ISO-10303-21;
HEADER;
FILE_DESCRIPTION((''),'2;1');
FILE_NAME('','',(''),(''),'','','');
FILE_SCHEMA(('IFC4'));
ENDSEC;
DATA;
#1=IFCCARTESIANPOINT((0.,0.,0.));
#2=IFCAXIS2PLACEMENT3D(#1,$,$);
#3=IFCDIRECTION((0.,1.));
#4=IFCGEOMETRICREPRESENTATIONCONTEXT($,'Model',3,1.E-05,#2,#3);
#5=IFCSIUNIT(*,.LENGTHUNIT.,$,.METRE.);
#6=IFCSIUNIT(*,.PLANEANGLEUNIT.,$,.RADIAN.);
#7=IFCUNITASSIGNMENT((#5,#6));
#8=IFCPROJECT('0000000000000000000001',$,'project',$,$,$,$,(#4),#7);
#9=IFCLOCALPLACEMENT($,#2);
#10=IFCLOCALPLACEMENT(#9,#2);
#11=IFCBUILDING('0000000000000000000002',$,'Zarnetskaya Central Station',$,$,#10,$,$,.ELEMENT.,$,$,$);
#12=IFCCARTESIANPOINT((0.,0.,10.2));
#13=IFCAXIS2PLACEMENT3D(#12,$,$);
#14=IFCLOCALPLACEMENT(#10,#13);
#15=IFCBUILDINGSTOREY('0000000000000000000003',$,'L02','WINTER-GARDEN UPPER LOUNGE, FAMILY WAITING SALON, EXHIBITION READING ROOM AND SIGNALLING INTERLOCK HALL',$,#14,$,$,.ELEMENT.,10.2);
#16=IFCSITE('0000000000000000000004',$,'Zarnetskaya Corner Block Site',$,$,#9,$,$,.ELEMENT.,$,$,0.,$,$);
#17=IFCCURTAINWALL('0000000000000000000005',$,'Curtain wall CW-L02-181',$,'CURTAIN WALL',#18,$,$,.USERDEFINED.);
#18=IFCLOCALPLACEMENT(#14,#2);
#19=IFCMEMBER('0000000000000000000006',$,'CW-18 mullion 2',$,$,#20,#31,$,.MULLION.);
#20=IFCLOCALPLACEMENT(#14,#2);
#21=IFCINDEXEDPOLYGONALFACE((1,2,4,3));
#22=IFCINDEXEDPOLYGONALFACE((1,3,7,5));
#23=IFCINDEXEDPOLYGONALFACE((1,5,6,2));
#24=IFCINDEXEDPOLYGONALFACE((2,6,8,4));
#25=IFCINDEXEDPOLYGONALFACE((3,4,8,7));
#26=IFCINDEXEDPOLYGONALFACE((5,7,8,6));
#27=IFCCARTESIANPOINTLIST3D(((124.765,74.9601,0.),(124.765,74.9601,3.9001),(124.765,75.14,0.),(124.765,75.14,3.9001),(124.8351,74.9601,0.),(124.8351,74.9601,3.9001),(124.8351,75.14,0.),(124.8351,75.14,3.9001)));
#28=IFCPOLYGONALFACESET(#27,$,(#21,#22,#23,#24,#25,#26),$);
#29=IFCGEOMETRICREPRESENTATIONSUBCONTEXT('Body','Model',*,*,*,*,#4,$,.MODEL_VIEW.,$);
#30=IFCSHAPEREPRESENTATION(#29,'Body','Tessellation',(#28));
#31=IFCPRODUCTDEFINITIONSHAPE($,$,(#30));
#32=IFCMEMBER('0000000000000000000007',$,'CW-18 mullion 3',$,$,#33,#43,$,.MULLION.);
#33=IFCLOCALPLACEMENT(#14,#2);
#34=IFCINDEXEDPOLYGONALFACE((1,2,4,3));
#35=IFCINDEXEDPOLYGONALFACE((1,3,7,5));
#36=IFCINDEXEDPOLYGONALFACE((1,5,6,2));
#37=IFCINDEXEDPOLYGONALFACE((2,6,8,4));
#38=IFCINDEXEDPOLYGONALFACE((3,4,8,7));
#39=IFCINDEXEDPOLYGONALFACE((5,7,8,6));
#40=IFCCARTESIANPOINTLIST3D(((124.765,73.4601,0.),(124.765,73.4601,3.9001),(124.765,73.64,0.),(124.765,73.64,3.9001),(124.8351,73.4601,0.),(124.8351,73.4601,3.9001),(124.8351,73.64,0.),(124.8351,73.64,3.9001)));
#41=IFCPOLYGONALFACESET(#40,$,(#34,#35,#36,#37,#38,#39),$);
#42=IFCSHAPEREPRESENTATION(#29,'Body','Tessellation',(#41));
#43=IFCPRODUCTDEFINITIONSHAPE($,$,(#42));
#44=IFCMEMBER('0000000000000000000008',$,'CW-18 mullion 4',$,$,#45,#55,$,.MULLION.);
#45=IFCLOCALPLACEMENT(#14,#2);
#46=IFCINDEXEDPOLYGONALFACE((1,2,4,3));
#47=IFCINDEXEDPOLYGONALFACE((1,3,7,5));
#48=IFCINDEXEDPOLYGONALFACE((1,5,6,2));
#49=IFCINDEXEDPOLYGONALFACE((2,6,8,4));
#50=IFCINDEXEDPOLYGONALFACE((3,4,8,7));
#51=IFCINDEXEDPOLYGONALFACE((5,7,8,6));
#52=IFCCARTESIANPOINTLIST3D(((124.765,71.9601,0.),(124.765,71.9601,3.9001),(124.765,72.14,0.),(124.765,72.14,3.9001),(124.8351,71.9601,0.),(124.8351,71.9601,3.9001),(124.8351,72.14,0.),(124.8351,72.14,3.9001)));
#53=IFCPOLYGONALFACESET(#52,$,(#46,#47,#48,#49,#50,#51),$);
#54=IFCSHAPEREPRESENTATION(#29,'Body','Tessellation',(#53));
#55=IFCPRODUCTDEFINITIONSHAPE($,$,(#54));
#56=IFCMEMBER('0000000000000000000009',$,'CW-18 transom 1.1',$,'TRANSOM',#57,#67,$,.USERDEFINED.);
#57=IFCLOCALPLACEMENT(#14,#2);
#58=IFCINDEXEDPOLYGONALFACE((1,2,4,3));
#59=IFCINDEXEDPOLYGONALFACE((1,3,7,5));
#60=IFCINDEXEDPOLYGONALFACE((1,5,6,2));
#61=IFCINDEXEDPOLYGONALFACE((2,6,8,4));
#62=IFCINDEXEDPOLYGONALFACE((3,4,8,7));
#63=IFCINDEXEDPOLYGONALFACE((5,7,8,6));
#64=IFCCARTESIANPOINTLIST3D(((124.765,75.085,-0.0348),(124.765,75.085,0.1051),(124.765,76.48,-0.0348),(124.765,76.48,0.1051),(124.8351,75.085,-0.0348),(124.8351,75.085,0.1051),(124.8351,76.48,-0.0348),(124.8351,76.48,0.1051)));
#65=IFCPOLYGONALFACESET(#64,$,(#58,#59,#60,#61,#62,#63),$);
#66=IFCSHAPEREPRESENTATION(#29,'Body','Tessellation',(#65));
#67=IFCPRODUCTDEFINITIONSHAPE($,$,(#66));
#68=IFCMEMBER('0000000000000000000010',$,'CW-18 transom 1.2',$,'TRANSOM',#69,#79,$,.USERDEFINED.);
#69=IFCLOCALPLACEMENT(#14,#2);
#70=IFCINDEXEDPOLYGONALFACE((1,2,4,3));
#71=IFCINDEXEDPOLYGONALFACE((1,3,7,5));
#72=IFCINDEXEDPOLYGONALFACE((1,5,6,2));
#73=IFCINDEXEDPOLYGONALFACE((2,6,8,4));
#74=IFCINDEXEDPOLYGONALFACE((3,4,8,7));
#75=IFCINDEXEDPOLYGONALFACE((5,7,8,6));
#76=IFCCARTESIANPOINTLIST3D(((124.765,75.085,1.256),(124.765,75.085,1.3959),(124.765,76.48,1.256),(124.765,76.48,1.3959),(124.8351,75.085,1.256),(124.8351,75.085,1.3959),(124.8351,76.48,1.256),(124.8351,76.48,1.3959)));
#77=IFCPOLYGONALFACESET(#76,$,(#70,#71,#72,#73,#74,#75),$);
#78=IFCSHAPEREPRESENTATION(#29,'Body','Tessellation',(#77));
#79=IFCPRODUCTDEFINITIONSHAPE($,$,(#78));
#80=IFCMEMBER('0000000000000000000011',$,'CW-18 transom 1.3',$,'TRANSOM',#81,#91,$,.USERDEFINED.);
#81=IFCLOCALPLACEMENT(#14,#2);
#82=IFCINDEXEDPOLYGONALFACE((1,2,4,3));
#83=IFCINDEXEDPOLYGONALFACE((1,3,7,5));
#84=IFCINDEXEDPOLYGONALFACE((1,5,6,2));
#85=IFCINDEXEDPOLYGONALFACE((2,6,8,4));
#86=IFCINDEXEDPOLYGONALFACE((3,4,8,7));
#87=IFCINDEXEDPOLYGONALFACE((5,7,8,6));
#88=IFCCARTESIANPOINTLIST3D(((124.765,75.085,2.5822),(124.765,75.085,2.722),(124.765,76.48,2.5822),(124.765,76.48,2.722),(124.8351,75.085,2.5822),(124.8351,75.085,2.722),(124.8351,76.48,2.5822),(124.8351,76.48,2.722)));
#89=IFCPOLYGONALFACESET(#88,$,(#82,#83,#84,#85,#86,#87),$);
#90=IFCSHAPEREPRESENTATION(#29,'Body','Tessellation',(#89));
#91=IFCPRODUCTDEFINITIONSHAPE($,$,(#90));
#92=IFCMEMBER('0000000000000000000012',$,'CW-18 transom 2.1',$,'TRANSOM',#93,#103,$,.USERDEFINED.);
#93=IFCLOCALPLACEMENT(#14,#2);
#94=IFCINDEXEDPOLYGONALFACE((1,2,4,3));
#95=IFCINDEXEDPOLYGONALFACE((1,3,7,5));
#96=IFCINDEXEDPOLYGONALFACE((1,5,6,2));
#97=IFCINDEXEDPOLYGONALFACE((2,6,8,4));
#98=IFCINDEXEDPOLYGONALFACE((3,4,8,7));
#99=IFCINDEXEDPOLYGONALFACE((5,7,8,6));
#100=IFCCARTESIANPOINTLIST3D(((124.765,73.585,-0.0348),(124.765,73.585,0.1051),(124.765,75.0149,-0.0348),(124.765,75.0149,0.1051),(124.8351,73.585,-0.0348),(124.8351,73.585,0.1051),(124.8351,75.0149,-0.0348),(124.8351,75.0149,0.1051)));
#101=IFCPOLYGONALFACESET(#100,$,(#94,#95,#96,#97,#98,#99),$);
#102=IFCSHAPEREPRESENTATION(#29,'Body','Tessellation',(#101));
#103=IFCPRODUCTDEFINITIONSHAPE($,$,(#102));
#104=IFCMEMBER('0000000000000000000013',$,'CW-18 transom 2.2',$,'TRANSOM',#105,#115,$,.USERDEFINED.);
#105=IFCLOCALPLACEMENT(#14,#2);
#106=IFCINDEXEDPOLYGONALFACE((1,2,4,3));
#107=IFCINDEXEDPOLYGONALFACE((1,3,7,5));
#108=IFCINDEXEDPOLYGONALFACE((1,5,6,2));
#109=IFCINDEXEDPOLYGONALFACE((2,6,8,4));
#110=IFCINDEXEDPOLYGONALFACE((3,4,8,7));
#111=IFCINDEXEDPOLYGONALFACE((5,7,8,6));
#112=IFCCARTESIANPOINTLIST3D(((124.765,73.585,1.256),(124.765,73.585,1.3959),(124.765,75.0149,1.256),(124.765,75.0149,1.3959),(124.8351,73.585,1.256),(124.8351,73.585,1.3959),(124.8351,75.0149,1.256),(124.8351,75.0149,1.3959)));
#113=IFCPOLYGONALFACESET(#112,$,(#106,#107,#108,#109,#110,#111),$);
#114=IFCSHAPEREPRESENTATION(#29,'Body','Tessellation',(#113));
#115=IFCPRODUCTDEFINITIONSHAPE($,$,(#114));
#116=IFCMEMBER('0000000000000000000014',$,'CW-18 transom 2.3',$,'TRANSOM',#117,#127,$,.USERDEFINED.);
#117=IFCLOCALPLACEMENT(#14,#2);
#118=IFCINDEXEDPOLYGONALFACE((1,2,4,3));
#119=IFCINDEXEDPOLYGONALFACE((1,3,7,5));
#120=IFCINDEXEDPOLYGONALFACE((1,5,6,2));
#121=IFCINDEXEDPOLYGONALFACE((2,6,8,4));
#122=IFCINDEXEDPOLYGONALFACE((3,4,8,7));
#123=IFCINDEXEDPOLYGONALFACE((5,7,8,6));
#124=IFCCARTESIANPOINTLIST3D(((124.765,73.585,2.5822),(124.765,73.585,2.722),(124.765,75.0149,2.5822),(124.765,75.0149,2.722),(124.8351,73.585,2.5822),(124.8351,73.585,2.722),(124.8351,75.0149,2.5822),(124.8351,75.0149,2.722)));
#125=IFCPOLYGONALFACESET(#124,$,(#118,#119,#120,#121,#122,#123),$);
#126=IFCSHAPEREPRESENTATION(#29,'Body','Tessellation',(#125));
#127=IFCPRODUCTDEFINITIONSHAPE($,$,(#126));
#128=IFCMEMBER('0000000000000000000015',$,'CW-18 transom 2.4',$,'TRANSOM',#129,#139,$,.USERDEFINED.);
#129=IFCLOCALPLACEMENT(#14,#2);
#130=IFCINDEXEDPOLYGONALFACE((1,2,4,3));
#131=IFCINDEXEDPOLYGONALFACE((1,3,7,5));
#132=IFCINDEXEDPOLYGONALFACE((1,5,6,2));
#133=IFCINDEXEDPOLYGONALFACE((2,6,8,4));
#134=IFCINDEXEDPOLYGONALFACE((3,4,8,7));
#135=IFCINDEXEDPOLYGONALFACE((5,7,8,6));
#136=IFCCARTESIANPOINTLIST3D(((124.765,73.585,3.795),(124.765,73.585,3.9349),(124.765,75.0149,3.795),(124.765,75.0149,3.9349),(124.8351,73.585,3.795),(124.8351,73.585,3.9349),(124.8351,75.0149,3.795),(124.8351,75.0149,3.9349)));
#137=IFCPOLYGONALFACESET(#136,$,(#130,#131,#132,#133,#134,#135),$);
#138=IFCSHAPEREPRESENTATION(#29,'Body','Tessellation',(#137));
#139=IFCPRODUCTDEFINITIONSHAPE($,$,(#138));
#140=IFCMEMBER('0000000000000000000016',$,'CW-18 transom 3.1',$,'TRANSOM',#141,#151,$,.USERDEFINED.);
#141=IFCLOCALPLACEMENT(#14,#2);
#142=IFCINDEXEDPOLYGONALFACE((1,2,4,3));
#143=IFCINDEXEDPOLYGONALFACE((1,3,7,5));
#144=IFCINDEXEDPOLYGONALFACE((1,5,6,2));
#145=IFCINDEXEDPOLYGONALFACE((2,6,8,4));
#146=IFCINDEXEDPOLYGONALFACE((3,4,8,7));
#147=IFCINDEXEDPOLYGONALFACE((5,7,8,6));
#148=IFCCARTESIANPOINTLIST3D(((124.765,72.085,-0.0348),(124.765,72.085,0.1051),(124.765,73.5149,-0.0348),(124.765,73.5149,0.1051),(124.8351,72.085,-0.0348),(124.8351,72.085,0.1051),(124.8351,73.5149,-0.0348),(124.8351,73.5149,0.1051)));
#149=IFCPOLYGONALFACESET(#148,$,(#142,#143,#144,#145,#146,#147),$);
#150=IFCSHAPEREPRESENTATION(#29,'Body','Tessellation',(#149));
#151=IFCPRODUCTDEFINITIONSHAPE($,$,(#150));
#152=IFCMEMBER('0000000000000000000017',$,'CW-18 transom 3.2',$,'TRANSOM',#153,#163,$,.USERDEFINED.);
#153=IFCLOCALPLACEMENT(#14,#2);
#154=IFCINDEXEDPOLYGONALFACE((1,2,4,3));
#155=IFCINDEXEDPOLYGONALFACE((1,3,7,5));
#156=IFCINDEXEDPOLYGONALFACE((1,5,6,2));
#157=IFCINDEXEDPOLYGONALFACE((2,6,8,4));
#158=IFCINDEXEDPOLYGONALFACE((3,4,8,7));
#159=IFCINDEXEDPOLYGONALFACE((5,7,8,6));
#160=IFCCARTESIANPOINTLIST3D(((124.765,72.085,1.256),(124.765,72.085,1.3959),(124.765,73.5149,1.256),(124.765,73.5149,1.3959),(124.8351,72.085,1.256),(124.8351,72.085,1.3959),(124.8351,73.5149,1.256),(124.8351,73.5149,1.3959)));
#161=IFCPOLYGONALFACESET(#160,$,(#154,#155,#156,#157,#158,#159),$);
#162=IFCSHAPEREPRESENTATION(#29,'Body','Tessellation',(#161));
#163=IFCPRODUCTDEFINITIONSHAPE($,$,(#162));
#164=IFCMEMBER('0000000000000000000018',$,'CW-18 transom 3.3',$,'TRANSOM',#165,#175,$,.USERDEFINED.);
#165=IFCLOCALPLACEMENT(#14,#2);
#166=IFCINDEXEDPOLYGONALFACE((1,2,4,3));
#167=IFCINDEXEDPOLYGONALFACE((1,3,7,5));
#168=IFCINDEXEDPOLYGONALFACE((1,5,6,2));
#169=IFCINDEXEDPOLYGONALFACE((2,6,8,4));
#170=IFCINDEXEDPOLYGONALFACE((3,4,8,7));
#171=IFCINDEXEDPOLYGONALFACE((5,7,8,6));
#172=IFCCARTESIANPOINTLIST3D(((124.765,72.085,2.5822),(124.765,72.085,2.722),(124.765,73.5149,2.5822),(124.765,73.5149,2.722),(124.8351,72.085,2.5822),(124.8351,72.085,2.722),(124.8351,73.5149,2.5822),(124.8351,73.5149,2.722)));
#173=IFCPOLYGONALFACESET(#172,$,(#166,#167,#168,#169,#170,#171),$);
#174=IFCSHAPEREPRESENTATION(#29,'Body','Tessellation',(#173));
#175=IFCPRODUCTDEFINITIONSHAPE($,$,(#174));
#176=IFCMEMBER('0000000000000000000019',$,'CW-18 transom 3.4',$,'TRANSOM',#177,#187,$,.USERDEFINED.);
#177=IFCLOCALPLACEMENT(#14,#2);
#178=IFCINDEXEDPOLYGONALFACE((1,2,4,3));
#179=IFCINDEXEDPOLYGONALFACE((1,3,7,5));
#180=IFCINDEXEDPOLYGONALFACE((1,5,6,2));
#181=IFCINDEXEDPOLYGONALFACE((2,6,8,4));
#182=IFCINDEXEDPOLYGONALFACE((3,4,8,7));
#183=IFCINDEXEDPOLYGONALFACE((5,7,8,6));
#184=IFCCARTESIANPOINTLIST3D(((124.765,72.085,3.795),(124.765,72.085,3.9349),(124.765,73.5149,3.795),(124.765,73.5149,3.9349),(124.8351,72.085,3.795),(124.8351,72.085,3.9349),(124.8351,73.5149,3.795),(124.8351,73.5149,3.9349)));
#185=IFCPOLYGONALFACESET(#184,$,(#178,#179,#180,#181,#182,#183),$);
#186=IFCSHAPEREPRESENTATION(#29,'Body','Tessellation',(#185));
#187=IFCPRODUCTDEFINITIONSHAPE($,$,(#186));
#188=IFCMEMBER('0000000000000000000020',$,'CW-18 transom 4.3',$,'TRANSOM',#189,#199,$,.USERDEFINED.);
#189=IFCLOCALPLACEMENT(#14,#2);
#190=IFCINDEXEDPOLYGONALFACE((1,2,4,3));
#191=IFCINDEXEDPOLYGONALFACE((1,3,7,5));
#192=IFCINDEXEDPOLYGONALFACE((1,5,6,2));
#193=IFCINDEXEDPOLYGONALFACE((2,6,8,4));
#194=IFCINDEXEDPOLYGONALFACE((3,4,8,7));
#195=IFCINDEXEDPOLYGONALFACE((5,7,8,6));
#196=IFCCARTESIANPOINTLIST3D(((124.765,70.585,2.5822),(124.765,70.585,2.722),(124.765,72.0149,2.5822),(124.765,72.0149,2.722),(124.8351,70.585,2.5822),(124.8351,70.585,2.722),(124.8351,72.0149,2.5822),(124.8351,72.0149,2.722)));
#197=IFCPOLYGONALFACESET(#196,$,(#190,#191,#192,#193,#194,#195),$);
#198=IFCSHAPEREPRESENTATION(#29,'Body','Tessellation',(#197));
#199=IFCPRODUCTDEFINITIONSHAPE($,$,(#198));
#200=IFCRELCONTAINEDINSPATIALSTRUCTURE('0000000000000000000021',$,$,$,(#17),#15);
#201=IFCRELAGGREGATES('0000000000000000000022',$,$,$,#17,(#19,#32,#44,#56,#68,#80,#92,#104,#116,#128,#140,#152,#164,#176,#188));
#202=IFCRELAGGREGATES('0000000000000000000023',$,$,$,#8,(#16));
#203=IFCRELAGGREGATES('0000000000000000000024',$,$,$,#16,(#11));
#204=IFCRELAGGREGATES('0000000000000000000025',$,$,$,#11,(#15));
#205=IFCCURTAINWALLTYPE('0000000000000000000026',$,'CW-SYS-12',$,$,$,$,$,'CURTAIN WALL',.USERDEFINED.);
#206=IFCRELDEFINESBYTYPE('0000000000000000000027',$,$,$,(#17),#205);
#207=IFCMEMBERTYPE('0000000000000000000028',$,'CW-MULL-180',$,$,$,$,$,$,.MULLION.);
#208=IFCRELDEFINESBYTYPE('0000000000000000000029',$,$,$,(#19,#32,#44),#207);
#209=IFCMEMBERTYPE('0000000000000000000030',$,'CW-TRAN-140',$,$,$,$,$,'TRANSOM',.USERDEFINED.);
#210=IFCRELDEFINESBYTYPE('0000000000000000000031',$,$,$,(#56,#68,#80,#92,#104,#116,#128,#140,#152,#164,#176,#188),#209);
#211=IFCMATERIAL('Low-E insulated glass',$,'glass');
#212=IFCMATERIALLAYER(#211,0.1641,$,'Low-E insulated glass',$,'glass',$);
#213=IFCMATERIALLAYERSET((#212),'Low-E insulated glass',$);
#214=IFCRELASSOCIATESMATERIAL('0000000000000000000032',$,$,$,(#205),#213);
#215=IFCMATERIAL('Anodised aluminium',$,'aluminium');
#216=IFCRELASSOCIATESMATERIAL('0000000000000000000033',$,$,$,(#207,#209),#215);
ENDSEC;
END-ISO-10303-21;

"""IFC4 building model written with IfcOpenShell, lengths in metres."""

from ifc_helpers import new_model, si_unit, direction, frame, origin, origin_2d, place, context, subcontext, project, spatial, rectangle, extrude, material, layer, layer_set, material_profile, profile_set, type_object, element, aggregate, save


model = new_model("IFC4")

# Units and contexts
model_context = context("Model", 3, precision=1e-05, world=origin(), true_north=direction((0.0, 1.0)))
body_context = subcontext(model_context, "Body", "Model", "MODEL_VIEW")
ifc_project = project(units=[si_unit("LENGTHUNIT", "METRE"), si_unit("PLANEANGLEUNIT", "RADIAN")], contexts=[model_context])

# Site, building, storey
site_placement = place(None, origin())
site = spatial("IfcSite", under=ifc_project, at=site_placement, Name="Zarnetskaya Corner Block Site", CompositionType="ELEMENT", RefElevation=0.0)
building_placement = place(site_placement, origin())
building = spatial("IfcBuilding", under=site, at=building_placement, Name="Zarnetskaya Central Station", CompositionType="ELEMENT")
storey_placement = place(building_placement, frame((0.0, 0.0, 10.2)))
storey = spatial("IfcBuildingStorey", under=building, at=storey_placement, Name="L02", Description="WINTER-GARDEN UPPER LOUNGE, FAMILY WAITING SALON, EXHIBITION READING ROOM AND SIGNALLING INTERLOCK HALL", CompositionType="ELEMENT", Elevation=10.2)

# Curtain wall, members
ifc_material_1 = material(Name="Low-E insulated glass", Category="glass")
ifc_layer_1 = layer(ifc_material_1, 0.1641, Name="Low-E insulated glass", Category="glass")
ifc_layer_set_1 = layer_set([ifc_layer_1], Name="Low-E insulated glass")
curtain_wall_type = type_object("IfcCurtainWallType", Name="CW-SYS-12", ElementType="CURTAIN WALL", PredefinedType="USERDEFINED", material=ifc_layer_set_1)
curtain_wall_placement = place(storey_placement, origin())
curtain_wall = element("IfcCurtainWall", 1, at=curtain_wall_placement, inside=storey, type_object=curtain_wall_type, Name="Curtain wall CW-L02-181", ObjectType="CURTAIN WALL", PredefinedType="USERDEFINED")
ifc_material_2 = material(Name="Anodised aluminium", Category="aluminium")
ifc_material_profile_1 = material_profile(ifc_material_2, rectangle(XDim=0.0701, YDim=0.1799, at=origin_2d()), Name="ALU MULL 70x180")
ifc_profile_set_1 = profile_set([ifc_material_profile_1], Name="Anodised aluminium")
member_type_1 = type_object("IfcMemberType", Name="CW-MULL-180", PredefinedType="MULLION", material=ifc_profile_set_1)
member_1_placement = place(storey_placement, frame((124.8, 75.05, 0.0), z_axis=(0.0, 0.0, 1.0), x_axis=(1.0, 0.0, 0.0)))
member_1 = element("IfcMember", 2, at=member_1_placement, type_object=member_type_1, Name="CW-18 mullion 2", PredefinedType="MULLION", context=body_context, shape_type="SweptSolid", body=[
    extrude(rectangle(XDim=0.0701, YDim=0.1799, at=origin_2d()), origin(), (0.0, 0.0, 1.0), 3.9001),
])
member_2_placement = place(storey_placement, frame((124.8, 73.55, 0.0), z_axis=(0.0, 0.0, 1.0), x_axis=(1.0, 0.0, 0.0)))
member_2 = element("IfcMember", 3, at=member_2_placement, type_object=member_type_1, Name="CW-18 mullion 3", PredefinedType="MULLION", context=body_context, shape_type="SweptSolid", body=[
    extrude(rectangle(XDim=0.0701, YDim=0.1799, at=origin_2d()), origin(), (0.0, 0.0, 1.0), 3.9001),
])
member_3_placement = place(storey_placement, frame((124.8, 72.05, 0.0), z_axis=(0.0, 0.0, 1.0), x_axis=(1.0, 0.0, 0.0)))
member_3 = element("IfcMember", 4, at=member_3_placement, type_object=member_type_1, Name="CW-18 mullion 4", PredefinedType="MULLION", context=body_context, shape_type="SweptSolid", body=[
    extrude(rectangle(XDim=0.0701, YDim=0.1799, at=origin_2d()), origin(), (0.0, 0.0, 1.0), 3.9001),
])
ifc_material_profile_2 = material_profile(ifc_material_2, rectangle(XDim=0.0701, YDim=0.1399, at=origin_2d()), Name="ALU TRAN 70x140")
ifc_profile_set_2 = profile_set([ifc_material_profile_2], Name="Anodised aluminium")
member_type_2 = type_object("IfcMemberType", Name="CW-TRAN-140", ElementType="TRANSOM", PredefinedType="USERDEFINED", material=ifc_profile_set_2)
member_4_placement = place(storey_placement, frame((124.8, 76.48, 0.0352), z_axis=(0.0, -1.0, 0.0), x_axis=(1.0, 0.0, 0.0)))
member_4 = element("IfcMember", 5, at=member_4_placement, type_object=member_type_2, Name="CW-18 transom 1.1", ObjectType="TRANSOM", PredefinedType="USERDEFINED", context=body_context, shape_type="SweptSolid", body=[
    extrude(rectangle(XDim=0.0701, YDim=0.1399, at=origin_2d()), origin(), (0.0, 0.0, 1.0), 1.395),
])
member_5_placement = place(storey_placement, frame((124.8, 76.48, 1.3259), z_axis=(0.0, -1.0, 0.0), x_axis=(1.0, 0.0, 0.0)))
member_5 = element("IfcMember", 6, at=member_5_placement, type_object=member_type_2, Name="CW-18 transom 1.2", ObjectType="TRANSOM", PredefinedType="USERDEFINED", context=body_context, shape_type="SweptSolid", body=[
    extrude(rectangle(XDim=0.0701, YDim=0.1399, at=origin_2d()), origin(), (0.0, 0.0, 1.0), 1.395),
])
member_6_placement = place(storey_placement, frame((124.8, 76.48, 2.6521), z_axis=(0.0, -1.0, 0.0), x_axis=(1.0, 0.0, 0.0)))
member_6 = element("IfcMember", 7, at=member_6_placement, type_object=member_type_2, Name="CW-18 transom 1.3", ObjectType="TRANSOM", PredefinedType="USERDEFINED", context=body_context, shape_type="SweptSolid", body=[
    extrude(rectangle(XDim=0.0701, YDim=0.1399, at=origin_2d()), origin(), (0.0, 0.0, 1.0), 1.395),
])
member_7_placement = place(storey_placement, frame((124.8, 75.0149, 0.0352), z_axis=(0.0, -1.0, 0.0), x_axis=(1.0, 0.0, 0.0)))
member_7 = element("IfcMember", 8, at=member_7_placement, type_object=member_type_2, Name="CW-18 transom 2.1", ObjectType="TRANSOM", PredefinedType="USERDEFINED", context=body_context, shape_type="SweptSolid", body=[
    extrude(rectangle(XDim=0.0701, YDim=0.1399, at=origin_2d()), origin(), (0.0, 0.0, 1.0), 1.4299),
])
member_8_placement = place(storey_placement, frame((124.8, 75.0149, 1.3259), z_axis=(0.0, -1.0, 0.0), x_axis=(1.0, 0.0, 0.0)))
member_8 = element("IfcMember", 9, at=member_8_placement, type_object=member_type_2, Name="CW-18 transom 2.2", ObjectType="TRANSOM", PredefinedType="USERDEFINED", context=body_context, shape_type="SweptSolid", body=[
    extrude(rectangle(XDim=0.0701, YDim=0.1399, at=origin_2d()), origin(), (0.0, 0.0, 1.0), 1.4299),
])
member_9_placement = place(storey_placement, frame((124.8, 75.0149, 2.6521), z_axis=(0.0, -1.0, 0.0), x_axis=(1.0, 0.0, 0.0)))
member_9 = element("IfcMember", 10, at=member_9_placement, type_object=member_type_2, Name="CW-18 transom 2.3", ObjectType="TRANSOM", PredefinedType="USERDEFINED", context=body_context, shape_type="SweptSolid", body=[
    extrude(rectangle(XDim=0.0701, YDim=0.1399, at=origin_2d()), origin(), (0.0, 0.0, 1.0), 1.4299),
])
member_10_placement = place(storey_placement, frame((124.8, 75.0149, 3.865), z_axis=(0.0, -1.0, 0.0), x_axis=(1.0, 0.0, 0.0)))
member_10 = element("IfcMember", 11, at=member_10_placement, type_object=member_type_2, Name="CW-18 transom 2.4", ObjectType="TRANSOM", PredefinedType="USERDEFINED", context=body_context, shape_type="SweptSolid", body=[
    extrude(rectangle(XDim=0.0701, YDim=0.1399, at=origin_2d()), origin(), (0.0, 0.0, 1.0), 1.4299),
])
member_11_placement = place(storey_placement, frame((124.8, 73.5149, 0.0352), z_axis=(0.0, -1.0, 0.0), x_axis=(1.0, 0.0, 0.0)))
member_11 = element("IfcMember", 12, at=member_11_placement, type_object=member_type_2, Name="CW-18 transom 3.1", ObjectType="TRANSOM", PredefinedType="USERDEFINED", context=body_context, shape_type="SweptSolid", body=[
    extrude(rectangle(XDim=0.0701, YDim=0.1399, at=origin_2d()), origin(), (0.0, 0.0, 1.0), 1.4299),
])
member_12_placement = place(storey_placement, frame((124.8, 73.5149, 1.3259), z_axis=(0.0, -1.0, 0.0), x_axis=(1.0, 0.0, 0.0)))
member_12 = element("IfcMember", 13, at=member_12_placement, type_object=member_type_2, Name="CW-18 transom 3.2", ObjectType="TRANSOM", PredefinedType="USERDEFINED", context=body_context, shape_type="SweptSolid", body=[
    extrude(rectangle(XDim=0.0701, YDim=0.1399, at=origin_2d()), origin(), (0.0, 0.0, 1.0), 1.4299),
])
member_13_placement = place(storey_placement, frame((124.8, 73.5149, 2.6521), z_axis=(0.0, -1.0, 0.0), x_axis=(1.0, 0.0, 0.0)))
member_13 = element("IfcMember", 14, at=member_13_placement, type_object=member_type_2, Name="CW-18 transom 3.3", ObjectType="TRANSOM", PredefinedType="USERDEFINED", context=body_context, shape_type="SweptSolid", body=[
    extrude(rectangle(XDim=0.0701, YDim=0.1399, at=origin_2d()), origin(), (0.0, 0.0, 1.0), 1.4299),
])
member_14_placement = place(storey_placement, frame((124.8, 73.5149, 3.865), z_axis=(0.0, -1.0, 0.0), x_axis=(1.0, 0.0, 0.0)))
member_14 = element("IfcMember", 15, at=member_14_placement, type_object=member_type_2, Name="CW-18 transom 3.4", ObjectType="TRANSOM", PredefinedType="USERDEFINED", context=body_context, shape_type="SweptSolid", body=[
    extrude(rectangle(XDim=0.0701, YDim=0.1399, at=origin_2d()), origin(), (0.0, 0.0, 1.0), 1.4299),
])
member_15_placement = place(storey_placement, frame((124.8, 72.0149, 2.6521), z_axis=(0.0, -1.0, 0.0), x_axis=(1.0, 0.0, 0.0)))
member_15 = element("IfcMember", 16, at=member_15_placement, type_object=member_type_2, Name="CW-18 transom 4.3", ObjectType="TRANSOM", PredefinedType="USERDEFINED", context=body_context, shape_type="SweptSolid", body=[
    extrude(rectangle(XDim=0.0701, YDim=0.1399, at=origin_2d()), origin(), (0.0, 0.0, 1.0), 1.4299),
])
aggregate(curtain_wall, [member_1, member_2, member_3, member_4, member_5, member_6, member_7, member_8, member_9, member_10, member_11, member_12, member_13, member_14, member_15])

save(model, "model.ifc")
